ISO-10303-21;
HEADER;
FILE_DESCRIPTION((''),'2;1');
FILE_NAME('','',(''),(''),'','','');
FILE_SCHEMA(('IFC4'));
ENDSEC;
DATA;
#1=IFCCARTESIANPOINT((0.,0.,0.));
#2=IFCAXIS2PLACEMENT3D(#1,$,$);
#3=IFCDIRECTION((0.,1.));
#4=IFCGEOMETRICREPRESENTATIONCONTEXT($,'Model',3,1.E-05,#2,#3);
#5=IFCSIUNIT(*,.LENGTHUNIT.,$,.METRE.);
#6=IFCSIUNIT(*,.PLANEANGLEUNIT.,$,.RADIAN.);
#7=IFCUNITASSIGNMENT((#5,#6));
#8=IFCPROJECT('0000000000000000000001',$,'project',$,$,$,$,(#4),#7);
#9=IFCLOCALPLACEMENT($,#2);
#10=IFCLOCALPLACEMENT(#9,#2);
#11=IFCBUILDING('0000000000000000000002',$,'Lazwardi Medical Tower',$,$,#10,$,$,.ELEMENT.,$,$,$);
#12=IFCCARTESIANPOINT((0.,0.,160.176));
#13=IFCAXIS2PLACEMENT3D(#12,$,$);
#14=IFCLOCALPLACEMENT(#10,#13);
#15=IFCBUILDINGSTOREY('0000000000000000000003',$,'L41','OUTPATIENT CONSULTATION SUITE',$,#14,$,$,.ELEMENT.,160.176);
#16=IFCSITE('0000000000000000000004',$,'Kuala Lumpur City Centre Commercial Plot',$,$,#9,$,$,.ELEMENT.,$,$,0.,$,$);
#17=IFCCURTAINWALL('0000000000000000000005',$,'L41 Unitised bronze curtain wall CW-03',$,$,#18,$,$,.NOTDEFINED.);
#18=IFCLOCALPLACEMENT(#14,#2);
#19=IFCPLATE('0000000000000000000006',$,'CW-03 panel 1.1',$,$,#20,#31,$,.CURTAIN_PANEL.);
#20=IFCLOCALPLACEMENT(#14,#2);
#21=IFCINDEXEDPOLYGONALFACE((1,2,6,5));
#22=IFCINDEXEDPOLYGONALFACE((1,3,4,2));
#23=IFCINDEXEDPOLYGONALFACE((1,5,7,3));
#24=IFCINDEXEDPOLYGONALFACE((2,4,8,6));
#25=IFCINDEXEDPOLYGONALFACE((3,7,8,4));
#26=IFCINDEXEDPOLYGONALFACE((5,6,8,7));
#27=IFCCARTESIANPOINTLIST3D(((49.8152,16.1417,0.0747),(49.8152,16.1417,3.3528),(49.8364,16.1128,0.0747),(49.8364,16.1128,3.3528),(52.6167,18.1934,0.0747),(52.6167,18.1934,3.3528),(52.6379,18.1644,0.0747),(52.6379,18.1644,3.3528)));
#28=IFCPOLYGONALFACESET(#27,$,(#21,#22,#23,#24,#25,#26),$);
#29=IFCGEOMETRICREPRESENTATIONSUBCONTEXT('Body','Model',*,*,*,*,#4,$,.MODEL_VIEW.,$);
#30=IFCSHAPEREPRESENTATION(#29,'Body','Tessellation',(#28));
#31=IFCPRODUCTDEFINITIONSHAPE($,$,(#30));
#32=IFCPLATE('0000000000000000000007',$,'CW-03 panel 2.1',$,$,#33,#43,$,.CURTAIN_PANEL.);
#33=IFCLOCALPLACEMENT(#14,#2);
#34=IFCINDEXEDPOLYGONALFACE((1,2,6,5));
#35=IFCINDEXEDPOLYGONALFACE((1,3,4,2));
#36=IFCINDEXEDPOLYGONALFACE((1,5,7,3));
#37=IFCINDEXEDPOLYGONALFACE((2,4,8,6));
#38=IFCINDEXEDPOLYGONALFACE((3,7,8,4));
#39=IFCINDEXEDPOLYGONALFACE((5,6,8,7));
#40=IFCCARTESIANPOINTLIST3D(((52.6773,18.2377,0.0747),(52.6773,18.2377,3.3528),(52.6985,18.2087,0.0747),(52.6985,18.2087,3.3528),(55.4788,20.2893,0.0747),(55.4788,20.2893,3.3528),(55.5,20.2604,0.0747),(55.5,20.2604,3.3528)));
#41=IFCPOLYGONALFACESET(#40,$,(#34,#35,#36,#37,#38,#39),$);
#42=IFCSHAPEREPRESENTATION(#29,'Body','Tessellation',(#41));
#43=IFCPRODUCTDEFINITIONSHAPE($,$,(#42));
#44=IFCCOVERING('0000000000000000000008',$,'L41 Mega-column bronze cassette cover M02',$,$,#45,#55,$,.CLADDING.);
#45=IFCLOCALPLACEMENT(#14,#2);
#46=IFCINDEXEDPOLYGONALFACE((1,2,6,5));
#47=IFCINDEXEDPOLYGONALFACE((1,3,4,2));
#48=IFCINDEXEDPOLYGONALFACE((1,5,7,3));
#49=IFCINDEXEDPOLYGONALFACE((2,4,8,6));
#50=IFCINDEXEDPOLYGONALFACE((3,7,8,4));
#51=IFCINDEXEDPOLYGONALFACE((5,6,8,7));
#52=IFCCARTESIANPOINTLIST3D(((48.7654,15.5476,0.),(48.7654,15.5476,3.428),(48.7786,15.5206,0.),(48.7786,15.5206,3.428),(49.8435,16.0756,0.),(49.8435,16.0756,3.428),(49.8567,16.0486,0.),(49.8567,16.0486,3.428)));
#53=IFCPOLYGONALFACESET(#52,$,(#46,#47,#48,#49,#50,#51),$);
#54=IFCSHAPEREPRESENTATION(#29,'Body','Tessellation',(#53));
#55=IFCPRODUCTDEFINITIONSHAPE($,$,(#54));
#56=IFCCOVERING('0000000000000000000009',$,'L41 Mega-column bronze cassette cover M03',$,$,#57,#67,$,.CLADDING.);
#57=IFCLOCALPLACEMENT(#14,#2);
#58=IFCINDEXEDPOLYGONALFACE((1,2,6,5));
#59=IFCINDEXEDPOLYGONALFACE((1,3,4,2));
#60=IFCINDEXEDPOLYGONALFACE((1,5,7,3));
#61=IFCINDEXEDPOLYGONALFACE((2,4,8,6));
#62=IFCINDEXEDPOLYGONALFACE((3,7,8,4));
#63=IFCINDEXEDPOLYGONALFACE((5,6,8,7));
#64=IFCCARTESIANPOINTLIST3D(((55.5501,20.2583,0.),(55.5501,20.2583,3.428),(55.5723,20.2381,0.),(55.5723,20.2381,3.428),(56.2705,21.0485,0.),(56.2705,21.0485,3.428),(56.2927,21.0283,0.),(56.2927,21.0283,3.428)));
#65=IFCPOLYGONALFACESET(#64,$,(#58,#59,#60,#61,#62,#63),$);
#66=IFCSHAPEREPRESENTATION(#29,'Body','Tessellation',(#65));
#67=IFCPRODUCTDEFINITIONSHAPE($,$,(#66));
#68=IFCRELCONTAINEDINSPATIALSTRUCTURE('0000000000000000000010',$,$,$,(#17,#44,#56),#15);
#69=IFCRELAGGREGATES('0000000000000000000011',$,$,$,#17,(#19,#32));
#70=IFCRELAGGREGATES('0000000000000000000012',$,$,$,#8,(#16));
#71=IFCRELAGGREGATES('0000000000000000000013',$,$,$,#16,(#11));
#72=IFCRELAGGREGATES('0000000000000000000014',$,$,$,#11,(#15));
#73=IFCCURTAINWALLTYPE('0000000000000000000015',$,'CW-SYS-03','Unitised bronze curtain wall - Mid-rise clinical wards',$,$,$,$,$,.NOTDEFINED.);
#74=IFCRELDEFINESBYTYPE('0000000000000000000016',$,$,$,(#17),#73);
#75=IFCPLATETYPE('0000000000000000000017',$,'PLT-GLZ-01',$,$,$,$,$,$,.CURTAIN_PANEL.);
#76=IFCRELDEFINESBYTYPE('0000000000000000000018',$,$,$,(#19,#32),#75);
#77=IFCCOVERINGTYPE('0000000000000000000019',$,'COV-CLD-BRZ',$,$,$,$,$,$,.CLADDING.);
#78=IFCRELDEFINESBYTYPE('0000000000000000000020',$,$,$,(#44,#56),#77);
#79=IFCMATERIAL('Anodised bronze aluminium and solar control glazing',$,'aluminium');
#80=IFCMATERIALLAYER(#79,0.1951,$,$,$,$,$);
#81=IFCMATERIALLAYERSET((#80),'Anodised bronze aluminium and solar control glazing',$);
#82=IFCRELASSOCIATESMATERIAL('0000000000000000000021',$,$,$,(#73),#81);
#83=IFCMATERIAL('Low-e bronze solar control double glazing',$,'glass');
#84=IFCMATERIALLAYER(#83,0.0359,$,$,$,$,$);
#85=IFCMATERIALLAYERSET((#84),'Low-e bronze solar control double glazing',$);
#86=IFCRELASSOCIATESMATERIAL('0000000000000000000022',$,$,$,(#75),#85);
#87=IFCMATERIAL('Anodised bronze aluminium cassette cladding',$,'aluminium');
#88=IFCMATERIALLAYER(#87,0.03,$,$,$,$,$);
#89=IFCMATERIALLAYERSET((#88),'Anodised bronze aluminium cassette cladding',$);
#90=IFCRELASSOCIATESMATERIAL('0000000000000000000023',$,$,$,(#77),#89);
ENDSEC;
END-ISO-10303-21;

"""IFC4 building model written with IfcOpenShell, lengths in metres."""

from ifc_helpers import new_model, si_unit, direction, frame, origin, origin_2d, place, context, subcontext, project, spatial, rectangle, extrude, material, layer, layer_set, type_object, element, aggregate, save


model = new_model("IFC4")

# Units and contexts
model_context = context("Model", 3, precision=1e-05, world=origin(), true_north=direction((0.0, 1.0)))
body_context = subcontext(model_context, "Body", "Model", "MODEL_VIEW")
ifc_project = project(units=[si_unit("LENGTHUNIT", "METRE"), si_unit("PLANEANGLEUNIT", "RADIAN")], contexts=[model_context])

# Site, building, storey
site_placement = place(None, origin())
site = spatial("IfcSite", under=ifc_project, at=site_placement, Name="Kuala Lumpur City Centre Commercial Plot", CompositionType="ELEMENT", RefElevation=0.0)
building_placement = place(site_placement, origin())
building = spatial("IfcBuilding", under=site, at=building_placement, Name="Lazwardi Medical Tower", CompositionType="ELEMENT")
storey_placement = place(building_placement, frame((0.0, 0.0, 160.176)))
storey = spatial("IfcBuildingStorey", under=building, at=storey_placement, Name="L41", Description="OUTPATIENT CONSULTATION SUITE", CompositionType="ELEMENT", Elevation=160.176)

# Shared definitions
ifc_material_1 = material(Name="Anodised bronze aluminium and solar control glazing", Category="aluminium")
ifc_layer_1 = layer(ifc_material_1, 0.1951)
ifc_layer_set_1 = layer_set([ifc_layer_1], Name="Anodised bronze aluminium and solar control glazing")
curtain_wall_type = type_object("IfcCurtainWallType", Name="CW-SYS-03", Description="Unitised bronze curtain wall - Mid-rise clinical wards", PredefinedType="NOTDEFINED", material=ifc_layer_set_1)

# Curtain wall, plates
curtain_wall_1_placement = place(storey_placement, origin())
curtain_wall_1 = element("IfcCurtainWall", 1, at=curtain_wall_1_placement, inside=storey, type_object=curtain_wall_type, Name="L41 Unitised bronze curtain wall CW-03", PredefinedType="NOTDEFINED")
ifc_material_2 = material(Name="Low-e bronze solar control double glazing", Category="glass")
ifc_layer_2 = layer(ifc_material_2, 0.0359)
ifc_layer_set_2 = layer_set([ifc_layer_2], Name="Low-e bronze solar control double glazing")
plate_type = type_object("IfcPlateType", Name="PLT-GLZ-01", PredefinedType="CURTAIN_PANEL", material=ifc_layer_set_2)
plate_1_placement = place(storey_placement, frame((51.2266, 17.1531, 0.0747), z_axis=(0.0, 0.0, 1.0), x_axis=(0.806793, 0.590834, 0.0)))
plate_1 = element("IfcPlate", 2, at=plate_1_placement, type_object=plate_type, Name="CW-03 panel 1.1", PredefinedType="CURTAIN_PANEL", context=body_context, shape_type="SweptSolid", body=[
    extrude(rectangle(XDim=3.4724, YDim=0.0359, at=origin_2d()), origin(), (0.0, 0.0, 1.0), 3.2781),
])
plate_2_placement = place(storey_placement, frame((54.0886, 19.249, 0.0747), z_axis=(0.0, 0.0, 1.0), x_axis=(0.806793, 0.590834, 0.0)))
plate_2 = element("IfcPlate", 3, at=plate_2_placement, type_object=plate_type, Name="CW-03 panel 2.1", PredefinedType="CURTAIN_PANEL", context=body_context, shape_type="SweptSolid", body=[
    extrude(rectangle(XDim=3.4724, YDim=0.0359, at=origin_2d()), origin(), (0.0, 0.0, 1.0), 3.2781),
])
aggregate(curtain_wall_1, [plate_1, plate_2])

# Coverings
ifc_material_3 = material(Name="Anodised bronze aluminium cassette cladding", Category="aluminium")
ifc_layer_3 = layer(ifc_material_3, 0.03)
ifc_layer_set_3 = layer_set([ifc_layer_3], Name="Anodised bronze aluminium cassette cladding")
covering_type = type_object("IfcCoveringType", Name="COV-CLD-BRZ", PredefinedType="CLADDING", material=ifc_layer_set_3)
covering_1_placement = place(storey_placement, frame((49.311, 15.7981, 0.0), z_axis=(0.0, 0.0, 1.0), x_axis=(0.898079, 0.439834, 0.0)))
element("IfcCovering", 4, at=covering_1_placement, inside=storey, type_object=covering_type, Name="L41 Mega-column bronze cassette cover M02", PredefinedType="CLADDING", context=body_context, shape_type="SweptSolid", body=[
    extrude(rectangle(XDim=1.2004, YDim=0.03, at=origin_2d()), origin(), (0.0, 0.0, 1.0), 3.428),
])
covering_2_placement = place(storey_placement, frame((55.9214, 20.6433, 0.0), z_axis=(0.0, 0.0, 1.0), x_axis=(0.673714, 0.738992, 0.0)))
element("IfcCovering", 5, at=covering_2_placement, inside=storey, type_object=covering_type, Name="L41 Mega-column bronze cassette cover M03", PredefinedType="CLADDING", context=body_context, shape_type="SweptSolid", body=[
    extrude(rectangle(XDim=1.0693, YDim=0.03, at=origin_2d()), origin(), (0.0, 0.0, 1.0), 3.428),
])

save(model, "model.ifc")
